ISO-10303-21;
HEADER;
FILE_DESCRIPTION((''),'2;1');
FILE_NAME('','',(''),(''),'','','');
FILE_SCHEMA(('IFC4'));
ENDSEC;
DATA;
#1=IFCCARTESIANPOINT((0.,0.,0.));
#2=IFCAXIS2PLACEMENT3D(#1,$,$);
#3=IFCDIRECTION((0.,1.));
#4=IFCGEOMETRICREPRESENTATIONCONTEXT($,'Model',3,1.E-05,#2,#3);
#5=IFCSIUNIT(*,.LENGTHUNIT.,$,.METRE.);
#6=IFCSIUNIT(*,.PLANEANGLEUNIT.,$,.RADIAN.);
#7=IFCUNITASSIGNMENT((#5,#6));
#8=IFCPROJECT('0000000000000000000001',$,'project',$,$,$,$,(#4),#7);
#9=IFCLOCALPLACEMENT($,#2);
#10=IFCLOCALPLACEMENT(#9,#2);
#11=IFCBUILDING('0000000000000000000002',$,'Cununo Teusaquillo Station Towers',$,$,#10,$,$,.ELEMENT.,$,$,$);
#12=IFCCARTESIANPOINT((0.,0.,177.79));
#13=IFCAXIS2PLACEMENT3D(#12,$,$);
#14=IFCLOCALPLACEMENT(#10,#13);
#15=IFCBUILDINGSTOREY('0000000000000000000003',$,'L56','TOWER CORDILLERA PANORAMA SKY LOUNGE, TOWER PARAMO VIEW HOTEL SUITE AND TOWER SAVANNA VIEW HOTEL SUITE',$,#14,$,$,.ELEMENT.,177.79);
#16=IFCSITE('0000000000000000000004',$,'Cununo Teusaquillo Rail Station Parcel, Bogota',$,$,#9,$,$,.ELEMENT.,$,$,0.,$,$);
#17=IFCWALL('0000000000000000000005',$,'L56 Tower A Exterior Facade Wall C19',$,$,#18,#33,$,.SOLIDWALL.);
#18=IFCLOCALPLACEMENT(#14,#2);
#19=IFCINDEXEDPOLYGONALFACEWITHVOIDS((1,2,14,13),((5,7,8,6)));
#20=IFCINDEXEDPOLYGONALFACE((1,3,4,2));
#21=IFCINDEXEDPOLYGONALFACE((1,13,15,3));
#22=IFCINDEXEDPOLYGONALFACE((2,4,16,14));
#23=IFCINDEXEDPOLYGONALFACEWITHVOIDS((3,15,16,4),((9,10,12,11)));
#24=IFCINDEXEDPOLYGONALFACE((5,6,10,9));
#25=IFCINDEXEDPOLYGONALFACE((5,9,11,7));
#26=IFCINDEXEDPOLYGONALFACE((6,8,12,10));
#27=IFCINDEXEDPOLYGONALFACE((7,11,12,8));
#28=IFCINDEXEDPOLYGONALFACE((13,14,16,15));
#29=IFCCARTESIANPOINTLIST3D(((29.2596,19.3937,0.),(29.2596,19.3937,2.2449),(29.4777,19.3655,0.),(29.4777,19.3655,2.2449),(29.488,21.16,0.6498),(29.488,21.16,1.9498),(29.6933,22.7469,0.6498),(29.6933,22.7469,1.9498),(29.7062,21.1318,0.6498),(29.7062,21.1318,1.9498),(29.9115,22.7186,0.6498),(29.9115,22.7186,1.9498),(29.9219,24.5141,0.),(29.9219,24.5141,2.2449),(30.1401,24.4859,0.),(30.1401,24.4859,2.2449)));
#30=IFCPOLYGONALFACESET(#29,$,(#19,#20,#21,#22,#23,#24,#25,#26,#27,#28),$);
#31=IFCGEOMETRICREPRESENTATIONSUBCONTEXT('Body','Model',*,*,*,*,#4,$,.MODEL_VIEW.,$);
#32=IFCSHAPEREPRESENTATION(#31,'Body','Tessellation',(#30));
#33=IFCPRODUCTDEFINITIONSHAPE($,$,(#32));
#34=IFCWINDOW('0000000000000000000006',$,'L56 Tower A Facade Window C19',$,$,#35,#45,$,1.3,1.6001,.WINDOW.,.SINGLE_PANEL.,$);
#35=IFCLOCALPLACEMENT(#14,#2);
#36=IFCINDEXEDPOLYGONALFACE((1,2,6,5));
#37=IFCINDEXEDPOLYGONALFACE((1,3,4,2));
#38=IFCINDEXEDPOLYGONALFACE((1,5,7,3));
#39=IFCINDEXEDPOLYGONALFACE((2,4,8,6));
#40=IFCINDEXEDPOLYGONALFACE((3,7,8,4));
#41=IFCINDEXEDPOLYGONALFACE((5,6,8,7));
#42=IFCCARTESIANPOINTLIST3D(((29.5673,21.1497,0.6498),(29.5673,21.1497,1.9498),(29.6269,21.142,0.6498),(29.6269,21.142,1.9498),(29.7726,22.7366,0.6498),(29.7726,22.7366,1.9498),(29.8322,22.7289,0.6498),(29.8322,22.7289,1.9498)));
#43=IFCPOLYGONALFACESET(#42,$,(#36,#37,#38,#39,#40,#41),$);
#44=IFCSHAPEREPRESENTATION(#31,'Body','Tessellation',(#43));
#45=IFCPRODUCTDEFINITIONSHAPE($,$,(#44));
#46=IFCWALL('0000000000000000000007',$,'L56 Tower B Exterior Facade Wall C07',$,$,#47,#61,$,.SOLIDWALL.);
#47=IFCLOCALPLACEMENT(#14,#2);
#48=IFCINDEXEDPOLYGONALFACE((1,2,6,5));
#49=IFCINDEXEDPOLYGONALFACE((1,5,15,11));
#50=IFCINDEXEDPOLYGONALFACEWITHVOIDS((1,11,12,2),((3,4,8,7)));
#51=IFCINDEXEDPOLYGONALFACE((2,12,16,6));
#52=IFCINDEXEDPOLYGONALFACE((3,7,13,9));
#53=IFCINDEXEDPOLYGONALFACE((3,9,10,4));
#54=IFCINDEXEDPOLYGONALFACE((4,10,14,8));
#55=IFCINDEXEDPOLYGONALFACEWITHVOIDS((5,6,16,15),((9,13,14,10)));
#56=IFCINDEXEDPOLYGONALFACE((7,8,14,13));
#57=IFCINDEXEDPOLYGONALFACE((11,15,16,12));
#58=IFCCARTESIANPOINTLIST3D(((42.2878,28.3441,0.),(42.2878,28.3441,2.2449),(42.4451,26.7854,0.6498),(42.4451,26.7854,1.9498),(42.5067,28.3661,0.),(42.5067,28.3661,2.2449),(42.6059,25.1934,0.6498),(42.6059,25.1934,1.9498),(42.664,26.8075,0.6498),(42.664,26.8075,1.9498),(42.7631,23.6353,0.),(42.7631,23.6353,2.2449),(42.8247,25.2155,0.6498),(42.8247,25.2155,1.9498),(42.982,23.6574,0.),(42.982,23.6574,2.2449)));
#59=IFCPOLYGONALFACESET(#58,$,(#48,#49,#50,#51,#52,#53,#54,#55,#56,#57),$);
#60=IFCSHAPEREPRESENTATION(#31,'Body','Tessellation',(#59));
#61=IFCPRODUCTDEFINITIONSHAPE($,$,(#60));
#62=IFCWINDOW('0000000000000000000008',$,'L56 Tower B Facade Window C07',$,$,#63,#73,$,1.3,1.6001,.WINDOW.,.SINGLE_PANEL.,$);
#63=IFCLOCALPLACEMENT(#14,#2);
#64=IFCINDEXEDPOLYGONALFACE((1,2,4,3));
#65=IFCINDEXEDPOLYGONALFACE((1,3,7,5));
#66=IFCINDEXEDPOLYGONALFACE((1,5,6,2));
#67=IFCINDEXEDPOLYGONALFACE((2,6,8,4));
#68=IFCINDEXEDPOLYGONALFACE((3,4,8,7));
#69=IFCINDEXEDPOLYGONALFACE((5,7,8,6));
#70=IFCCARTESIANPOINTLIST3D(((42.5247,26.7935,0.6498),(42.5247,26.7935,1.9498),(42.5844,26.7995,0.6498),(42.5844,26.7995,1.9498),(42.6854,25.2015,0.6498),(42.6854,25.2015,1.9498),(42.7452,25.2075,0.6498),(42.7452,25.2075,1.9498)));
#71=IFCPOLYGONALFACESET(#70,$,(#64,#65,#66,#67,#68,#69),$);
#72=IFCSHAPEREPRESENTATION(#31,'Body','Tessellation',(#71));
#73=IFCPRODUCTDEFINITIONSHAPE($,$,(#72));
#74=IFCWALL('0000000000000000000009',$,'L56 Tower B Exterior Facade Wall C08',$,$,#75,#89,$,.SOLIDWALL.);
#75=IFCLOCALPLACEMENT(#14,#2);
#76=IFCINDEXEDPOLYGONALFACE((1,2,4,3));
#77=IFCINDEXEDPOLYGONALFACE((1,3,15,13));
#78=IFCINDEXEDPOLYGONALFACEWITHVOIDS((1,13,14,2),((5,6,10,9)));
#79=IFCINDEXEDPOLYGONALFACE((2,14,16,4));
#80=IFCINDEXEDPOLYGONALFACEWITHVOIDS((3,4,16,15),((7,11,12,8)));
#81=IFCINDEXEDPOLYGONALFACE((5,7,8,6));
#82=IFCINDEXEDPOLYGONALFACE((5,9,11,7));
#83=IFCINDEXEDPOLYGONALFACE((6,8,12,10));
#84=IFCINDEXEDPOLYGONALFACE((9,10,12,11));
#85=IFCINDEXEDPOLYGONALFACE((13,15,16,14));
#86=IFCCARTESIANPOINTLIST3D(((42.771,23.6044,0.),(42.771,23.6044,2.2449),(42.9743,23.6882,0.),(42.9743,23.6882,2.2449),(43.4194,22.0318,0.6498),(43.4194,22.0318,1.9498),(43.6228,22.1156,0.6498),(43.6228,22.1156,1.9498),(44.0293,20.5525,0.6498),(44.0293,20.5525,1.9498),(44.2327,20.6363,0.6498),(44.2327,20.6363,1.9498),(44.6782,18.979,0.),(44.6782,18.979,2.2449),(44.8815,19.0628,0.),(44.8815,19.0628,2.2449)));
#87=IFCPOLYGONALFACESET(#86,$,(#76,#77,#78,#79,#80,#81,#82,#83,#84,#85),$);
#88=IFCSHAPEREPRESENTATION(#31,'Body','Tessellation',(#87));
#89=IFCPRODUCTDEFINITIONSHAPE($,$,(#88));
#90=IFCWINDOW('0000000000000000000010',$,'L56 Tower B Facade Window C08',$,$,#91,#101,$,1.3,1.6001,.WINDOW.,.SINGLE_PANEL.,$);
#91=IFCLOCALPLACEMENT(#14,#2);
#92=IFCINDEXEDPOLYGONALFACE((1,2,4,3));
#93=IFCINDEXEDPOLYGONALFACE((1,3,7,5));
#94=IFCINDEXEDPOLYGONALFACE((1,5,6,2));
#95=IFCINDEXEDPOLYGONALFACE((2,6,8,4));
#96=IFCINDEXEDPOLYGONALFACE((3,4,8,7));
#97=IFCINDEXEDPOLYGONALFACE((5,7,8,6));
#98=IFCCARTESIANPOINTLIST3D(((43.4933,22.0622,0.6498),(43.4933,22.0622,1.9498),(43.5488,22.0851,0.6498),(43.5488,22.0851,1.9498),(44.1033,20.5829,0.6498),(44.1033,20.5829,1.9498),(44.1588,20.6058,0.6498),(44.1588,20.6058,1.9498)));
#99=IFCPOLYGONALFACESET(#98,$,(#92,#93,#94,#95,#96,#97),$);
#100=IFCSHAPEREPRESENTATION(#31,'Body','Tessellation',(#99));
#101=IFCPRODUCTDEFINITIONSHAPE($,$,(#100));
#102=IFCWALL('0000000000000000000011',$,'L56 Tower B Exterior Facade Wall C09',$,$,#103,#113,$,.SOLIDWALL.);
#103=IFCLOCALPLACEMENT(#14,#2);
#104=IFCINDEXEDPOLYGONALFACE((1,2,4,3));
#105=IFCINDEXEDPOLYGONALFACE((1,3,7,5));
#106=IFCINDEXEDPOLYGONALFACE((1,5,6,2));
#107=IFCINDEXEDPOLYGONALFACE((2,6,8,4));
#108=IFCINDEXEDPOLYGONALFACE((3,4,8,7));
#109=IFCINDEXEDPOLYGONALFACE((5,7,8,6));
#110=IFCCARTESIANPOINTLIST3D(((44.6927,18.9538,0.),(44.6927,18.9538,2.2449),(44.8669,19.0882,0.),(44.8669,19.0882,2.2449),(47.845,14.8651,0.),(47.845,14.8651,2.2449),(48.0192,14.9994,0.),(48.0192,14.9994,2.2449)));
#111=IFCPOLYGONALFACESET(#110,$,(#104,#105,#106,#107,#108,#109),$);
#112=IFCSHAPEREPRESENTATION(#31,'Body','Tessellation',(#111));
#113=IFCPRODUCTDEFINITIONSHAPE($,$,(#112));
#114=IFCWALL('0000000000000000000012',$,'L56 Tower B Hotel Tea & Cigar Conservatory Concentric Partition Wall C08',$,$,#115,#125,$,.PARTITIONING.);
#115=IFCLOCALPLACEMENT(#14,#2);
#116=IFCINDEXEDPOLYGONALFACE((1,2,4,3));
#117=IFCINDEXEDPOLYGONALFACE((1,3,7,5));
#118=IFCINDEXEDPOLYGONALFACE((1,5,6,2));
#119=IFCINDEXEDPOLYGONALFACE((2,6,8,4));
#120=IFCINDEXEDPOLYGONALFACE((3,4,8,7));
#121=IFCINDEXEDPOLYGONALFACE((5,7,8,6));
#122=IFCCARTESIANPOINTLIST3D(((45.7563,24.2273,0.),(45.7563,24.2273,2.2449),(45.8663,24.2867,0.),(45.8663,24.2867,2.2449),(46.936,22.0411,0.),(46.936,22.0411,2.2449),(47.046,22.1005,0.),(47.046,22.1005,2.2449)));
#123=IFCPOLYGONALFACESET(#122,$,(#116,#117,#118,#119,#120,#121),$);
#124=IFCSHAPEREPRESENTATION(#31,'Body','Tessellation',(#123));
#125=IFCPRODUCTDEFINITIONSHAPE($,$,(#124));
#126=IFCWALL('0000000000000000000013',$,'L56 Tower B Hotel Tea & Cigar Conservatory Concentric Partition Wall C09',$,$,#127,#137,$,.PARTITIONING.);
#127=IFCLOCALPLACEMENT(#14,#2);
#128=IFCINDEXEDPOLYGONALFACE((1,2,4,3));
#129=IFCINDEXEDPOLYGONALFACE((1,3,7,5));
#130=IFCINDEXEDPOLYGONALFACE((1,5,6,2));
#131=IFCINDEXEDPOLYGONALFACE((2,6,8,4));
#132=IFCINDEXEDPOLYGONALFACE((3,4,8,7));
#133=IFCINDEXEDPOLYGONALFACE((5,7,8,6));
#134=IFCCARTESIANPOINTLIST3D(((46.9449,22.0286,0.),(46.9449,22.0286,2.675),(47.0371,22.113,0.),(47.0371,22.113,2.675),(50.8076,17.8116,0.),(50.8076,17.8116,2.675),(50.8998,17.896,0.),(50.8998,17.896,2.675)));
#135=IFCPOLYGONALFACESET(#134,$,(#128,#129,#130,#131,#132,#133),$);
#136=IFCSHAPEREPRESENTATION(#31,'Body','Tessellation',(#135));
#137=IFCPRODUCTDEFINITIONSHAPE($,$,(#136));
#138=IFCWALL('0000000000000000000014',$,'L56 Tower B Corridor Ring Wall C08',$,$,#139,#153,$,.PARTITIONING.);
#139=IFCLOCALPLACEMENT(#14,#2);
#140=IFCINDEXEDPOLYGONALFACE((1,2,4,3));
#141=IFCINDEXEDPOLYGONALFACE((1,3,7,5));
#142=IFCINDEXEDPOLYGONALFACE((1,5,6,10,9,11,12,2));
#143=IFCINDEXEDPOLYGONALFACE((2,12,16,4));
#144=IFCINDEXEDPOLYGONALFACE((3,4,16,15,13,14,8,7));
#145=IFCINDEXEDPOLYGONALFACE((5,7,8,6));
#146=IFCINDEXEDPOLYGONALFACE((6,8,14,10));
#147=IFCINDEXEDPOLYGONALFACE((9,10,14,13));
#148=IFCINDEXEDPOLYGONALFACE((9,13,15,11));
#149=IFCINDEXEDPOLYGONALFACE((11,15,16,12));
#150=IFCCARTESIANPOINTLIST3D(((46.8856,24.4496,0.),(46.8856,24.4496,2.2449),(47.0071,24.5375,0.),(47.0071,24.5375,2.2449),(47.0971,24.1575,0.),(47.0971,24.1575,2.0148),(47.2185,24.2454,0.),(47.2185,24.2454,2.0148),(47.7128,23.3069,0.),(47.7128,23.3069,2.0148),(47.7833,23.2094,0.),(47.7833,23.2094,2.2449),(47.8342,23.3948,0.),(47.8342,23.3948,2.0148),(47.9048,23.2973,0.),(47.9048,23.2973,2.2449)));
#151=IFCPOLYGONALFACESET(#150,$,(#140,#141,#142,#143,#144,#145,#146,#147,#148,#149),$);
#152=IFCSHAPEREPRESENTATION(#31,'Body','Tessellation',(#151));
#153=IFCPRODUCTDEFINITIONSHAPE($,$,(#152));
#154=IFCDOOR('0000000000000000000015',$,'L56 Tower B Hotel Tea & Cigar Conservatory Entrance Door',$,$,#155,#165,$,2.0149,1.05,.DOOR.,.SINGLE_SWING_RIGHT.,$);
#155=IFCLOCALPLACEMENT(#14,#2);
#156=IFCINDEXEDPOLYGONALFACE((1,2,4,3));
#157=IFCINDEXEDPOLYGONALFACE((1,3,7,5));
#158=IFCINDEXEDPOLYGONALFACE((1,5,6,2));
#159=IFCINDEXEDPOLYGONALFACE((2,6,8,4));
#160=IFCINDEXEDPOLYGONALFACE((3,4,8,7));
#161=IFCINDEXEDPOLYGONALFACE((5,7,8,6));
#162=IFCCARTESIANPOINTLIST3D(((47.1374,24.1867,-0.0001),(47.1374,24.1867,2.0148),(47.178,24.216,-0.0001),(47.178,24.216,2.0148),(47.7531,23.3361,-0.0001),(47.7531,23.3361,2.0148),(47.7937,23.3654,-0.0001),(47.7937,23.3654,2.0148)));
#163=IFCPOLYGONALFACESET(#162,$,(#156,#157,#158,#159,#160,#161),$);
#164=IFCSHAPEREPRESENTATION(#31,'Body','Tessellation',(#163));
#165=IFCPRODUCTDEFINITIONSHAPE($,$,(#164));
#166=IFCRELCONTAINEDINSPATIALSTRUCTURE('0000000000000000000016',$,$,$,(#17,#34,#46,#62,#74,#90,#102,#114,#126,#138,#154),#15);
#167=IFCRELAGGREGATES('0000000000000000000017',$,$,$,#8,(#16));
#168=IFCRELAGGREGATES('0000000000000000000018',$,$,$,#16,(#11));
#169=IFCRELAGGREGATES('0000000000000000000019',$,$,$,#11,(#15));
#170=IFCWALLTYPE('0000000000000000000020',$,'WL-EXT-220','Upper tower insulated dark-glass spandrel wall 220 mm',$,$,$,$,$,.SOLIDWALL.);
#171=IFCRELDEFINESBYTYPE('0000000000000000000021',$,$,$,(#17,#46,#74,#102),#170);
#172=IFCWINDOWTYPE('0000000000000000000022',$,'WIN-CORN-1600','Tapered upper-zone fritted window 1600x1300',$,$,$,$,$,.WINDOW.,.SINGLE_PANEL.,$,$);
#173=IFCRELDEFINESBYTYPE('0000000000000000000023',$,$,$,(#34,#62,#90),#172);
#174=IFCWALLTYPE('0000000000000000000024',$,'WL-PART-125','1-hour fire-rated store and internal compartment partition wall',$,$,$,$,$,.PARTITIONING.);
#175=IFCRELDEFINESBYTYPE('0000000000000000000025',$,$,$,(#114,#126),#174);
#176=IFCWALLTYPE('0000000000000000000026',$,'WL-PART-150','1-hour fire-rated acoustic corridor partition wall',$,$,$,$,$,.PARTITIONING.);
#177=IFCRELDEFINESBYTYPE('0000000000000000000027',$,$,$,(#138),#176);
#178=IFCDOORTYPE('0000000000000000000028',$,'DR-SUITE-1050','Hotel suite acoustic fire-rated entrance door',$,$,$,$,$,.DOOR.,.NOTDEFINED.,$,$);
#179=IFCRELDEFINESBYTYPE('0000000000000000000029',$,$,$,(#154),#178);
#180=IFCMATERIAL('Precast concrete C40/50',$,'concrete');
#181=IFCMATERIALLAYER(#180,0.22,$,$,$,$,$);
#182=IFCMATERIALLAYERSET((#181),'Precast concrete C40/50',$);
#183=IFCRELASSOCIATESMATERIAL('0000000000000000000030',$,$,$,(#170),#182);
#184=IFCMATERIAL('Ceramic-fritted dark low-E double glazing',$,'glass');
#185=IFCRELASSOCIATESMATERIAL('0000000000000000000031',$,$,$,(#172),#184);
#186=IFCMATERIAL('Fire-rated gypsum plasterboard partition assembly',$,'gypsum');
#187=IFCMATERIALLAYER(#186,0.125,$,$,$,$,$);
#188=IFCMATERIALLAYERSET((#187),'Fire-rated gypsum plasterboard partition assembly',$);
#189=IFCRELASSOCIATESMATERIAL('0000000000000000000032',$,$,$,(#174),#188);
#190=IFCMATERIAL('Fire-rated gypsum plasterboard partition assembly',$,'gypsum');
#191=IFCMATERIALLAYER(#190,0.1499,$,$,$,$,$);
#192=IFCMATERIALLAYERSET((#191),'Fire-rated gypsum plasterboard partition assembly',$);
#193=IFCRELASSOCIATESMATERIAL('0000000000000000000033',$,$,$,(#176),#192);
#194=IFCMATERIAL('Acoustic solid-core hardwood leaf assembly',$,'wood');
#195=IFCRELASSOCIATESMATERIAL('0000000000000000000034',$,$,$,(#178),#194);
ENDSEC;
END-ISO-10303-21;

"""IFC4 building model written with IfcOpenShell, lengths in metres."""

from ifc_helpers import new_model, si_unit, direction, frame, frame_2d, origin, place, context, subcontext, project, spatial, rectangle, extrude, source, transform, mapped, material, layer, layer_set, type_object, element, fill, save


model = new_model("IFC4")

# Units and contexts
model_context = context("Model", 3, precision=1e-05, world=origin(), true_north=direction((0.0, 1.0)))
body_context = subcontext(model_context, "Body", "Model", "MODEL_VIEW")
ifc_project = project(units=[si_unit("LENGTHUNIT", "METRE"), si_unit("PLANEANGLEUNIT", "RADIAN")], contexts=[model_context])

# Site, building, storey
site_placement = place(None, origin())
site = spatial("IfcSite", under=ifc_project, at=site_placement, Name="Cununo Teusaquillo Rail Station Parcel, Bogota", CompositionType="ELEMENT", RefElevation=0.0)
building_placement = place(site_placement, origin())
building = spatial("IfcBuilding", under=site, at=building_placement, Name="Cununo Teusaquillo Station Towers", CompositionType="ELEMENT")
storey_placement = place(building_placement, frame((0.0, 0.0, 177.79)))
storey = spatial("IfcBuildingStorey", under=building, at=storey_placement, Name="L56", Description="TOWER CORDILLERA PANORAMA SKY LOUNGE, TOWER PARAMO VIEW HOTEL SUITE AND TOWER SAVANNA VIEW HOTEL SUITE", CompositionType="ELEMENT", Elevation=177.79)

# Shared definitions
ifc_material_1 = material(Name="Precast concrete C40/50", Category="concrete")
ifc_layer_1 = layer(ifc_material_1, 0.22)
ifc_layer_set_1 = layer_set([ifc_layer_1], Name="Precast concrete C40/50")
wall_type_1 = type_object("IfcWallType", Name="WL-EXT-220", Description="Upper tower insulated dark-glass spandrel wall 220 mm", PredefinedType="SOLIDWALL", material=ifc_layer_set_1)

# Walls, openings, windows
wall_1_placement = place(storey_placement, frame((30.031, 24.5, 0.0), z_axis=(0.0, 0.0, 1.0), x_axis=(-0.128288, -0.991737, 0.0)))
wall_1 = element("IfcWall", 1, at=wall_1_placement, inside=storey, type_object=wall_type_1, Name="L56 Tower A Exterior Facade Wall C19", PredefinedType="SOLIDWALL", context=body_context, shape_type="SweptSolid", body=[
    extrude(rectangle(XDim=5.1631, YDim=0.22, at=frame_2d((2.5815, 0.0))), origin(), (0.0, 0.0, 1.0), 2.2449),
])
shared_shape_1 = source(origin(), body_context, "Body", "SweptSolid", [
    extrude(rectangle(XDim=1.6001, YDim=1.3, at=frame_2d((0.8, 0.6499))), frame((0.0, 0.1199, 0.0), z_axis=(0.0, -1.0, 0.0), x_axis=(1.0, 0.0, 0.0)), (0.0, 0.0, 1.0), 0.24),
])
opening_1_placement = place(wall_1_placement, frame((1.782, 0.0, 0.6499)))
opening_1 = element("IfcOpeningElement", 2, at=opening_1_placement, cuts=wall_1, PredefinedType="OPENING", context=body_context, shape_type="MappedRepresentation", body=[
    mapped(shared_shape_1, transform((0.0, 0.0, 0.0), x_axis=(1.0, 0.0, 0.0), y_axis=(0.0, 1.0, 0.0), z_axis=(0.0, 0.0, 1.0), scale=1.0)),
])
ifc_material_2 = material(Name="Ceramic-fritted dark low-E double glazing", Category="glass")
window_type = type_object("IfcWindowType", Name="WIN-CORN-1600", Description="Tapered upper-zone fritted window 1600x1300", PartitioningType="SINGLE_PANEL", PredefinedType="WINDOW", material=ifc_material_2)
shared_shape_2 = source(origin(), body_context, "Body", "SweptSolid", [
    extrude(rectangle(XDim=1.6001, YDim=1.3, at=frame_2d((0.8, 0.6499))), frame((0.0, 0.03, 0.0), z_axis=(0.0, -1.0, 0.0), x_axis=(1.0, 0.0, 0.0)), (0.0, 0.0, 1.0), 0.0601),
])
window_1_placement = place(opening_1_placement, origin())
window_1 = element("IfcWindow", 3, at=window_1_placement, inside=storey, type_object=window_type, Name="L56 Tower A Facade Window C19", OverallHeight=1.3, OverallWidth=1.6001, PartitioningType="SINGLE_PANEL", PredefinedType="WINDOW", context=body_context, shape_type="MappedRepresentation", body=[
    mapped(shared_shape_2, transform((0.0, 0.0, 0.0), x_axis=(1.0, 0.0, 0.0), y_axis=(0.0, 1.0, 0.0), z_axis=(0.0, 0.0, 1.0), scale=1.0)),
])
fill(opening_1, window_1)
wall_2_placement = place(storey_placement, frame((42.8726, 23.6465, 0.0), z_axis=(0.0, 0.0, 1.0), x_axis=(-0.100438, 0.994943, 0.0)))
wall_2 = element("IfcWall", 4, at=wall_2_placement, inside=storey, type_object=wall_type_1, Name="L56 Tower B Exterior Facade Wall C07", PredefinedType="SOLIDWALL", context=body_context, shape_type="SweptSolid", body=[
    extrude(rectangle(XDim=4.7327, YDim=0.22, at=frame_2d((2.3662, 0.0))), origin(), (0.0, 0.0, 1.0), 2.2449),
])
opening_2_placement = place(wall_2_placement, frame((1.5659, 0.0, 0.6499)))
opening_2 = element("IfcOpeningElement", 5, at=opening_2_placement, cuts=wall_2, PredefinedType="OPENING", context=body_context, shape_type="MappedRepresentation", body=[
    mapped(shared_shape_1, transform((0.0, 0.0, 0.0), x_axis=(1.0, 0.0, 0.0), y_axis=(0.0, 1.0, 0.0), z_axis=(0.0, 0.0, 1.0), scale=1.0)),
])
window_2_placement = place(opening_2_placement, origin())
window_2 = element("IfcWindow", 6, at=window_2_placement, inside=storey, type_object=window_type, Name="L56 Tower B Facade Window C07", OverallHeight=1.3, OverallWidth=1.6001, PartitioningType="SINGLE_PANEL", PredefinedType="WINDOW", context=body_context, shape_type="MappedRepresentation", body=[
    mapped(shared_shape_2, transform((0.0, 0.0, 0.0), x_axis=(1.0, 0.0, 0.0), y_axis=(0.0, 1.0, 0.0), z_axis=(0.0, 0.0, 1.0), scale=1.0)),
])
fill(opening_2, window_2)
wall_3_placement = place(storey_placement, frame((44.7798, 19.021, 0.0), z_axis=(0.0, 0.0, 1.0), x_axis=(-0.381196, 0.924494, 0.0)))
wall_3 = element("IfcWall", 7, at=wall_3_placement, inside=storey, type_object=wall_type_1, Name="L56 Tower B Exterior Facade Wall C08", PredefinedType="SOLIDWALL", context=body_context, shape_type="SweptSolid", body=[
    extrude(rectangle(XDim=5.0032, YDim=0.22, at=frame_2d((2.5015, 0.0))), origin(), (0.0, 0.0, 1.0), 2.2449),
])
opening_3_placement = place(wall_3_placement, frame((1.7019, 0.0, 0.6499)))
opening_3 = element("IfcOpeningElement", 8, at=opening_3_placement, cuts=wall_3, PredefinedType="OPENING", context=body_context, shape_type="MappedRepresentation", body=[
    mapped(shared_shape_1, transform((0.0, 0.0, 0.0), x_axis=(1.0, 0.0, 0.0), y_axis=(0.0, 1.0, 0.0), z_axis=(0.0, 0.0, 1.0), scale=1.0)),
])
window_3_placement = place(opening_3_placement, origin())
window_3 = element("IfcWindow", 9, at=window_3_placement, inside=storey, type_object=window_type, Name="L56 Tower B Facade Window C08", OverallHeight=1.3, OverallWidth=1.6001, PartitioningType="SINGLE_PANEL", PredefinedType="WINDOW", context=body_context, shape_type="MappedRepresentation", body=[
    mapped(shared_shape_2, transform((0.0, 0.0, 0.0), x_axis=(1.0, 0.0, 0.0), y_axis=(0.0, 1.0, 0.0), z_axis=(0.0, 0.0, 1.0), scale=1.0)),
])
fill(opening_3, window_3)

# Walls
wall_4_placement = place(storey_placement, frame((47.9321, 14.9321, 0.0), z_axis=(0.0, 0.0, 1.0), x_axis=(-0.61057, 0.791963, 0.0)))
element("IfcWall", 10, at=wall_4_placement, inside=storey, type_object=wall_type_1, Name="L56 Tower B Exterior Facade Wall C09", PredefinedType="SOLIDWALL", context=body_context, shape_type="SweptSolid", body=[
    extrude(rectangle(XDim=5.1628, YDim=0.22, at=frame_2d((2.5815, 0.0))), origin(), (0.0, 0.0, 1.0), 2.2449),
])
ifc_material_3 = material(Name="Fire-rated gypsum plasterboard partition assembly", Category="gypsum")
ifc_layer_2 = layer(ifc_material_3, 0.125)
ifc_layer_set_2 = layer_set([ifc_layer_2], Name="Fire-rated gypsum plasterboard partition assembly")
wall_type_2 = type_object("IfcWallType", Name="WL-PART-125", Description="1-hour fire-rated store and internal compartment partition wall", PredefinedType="PARTITIONING", material=ifc_layer_set_2)
wall_5_placement = place(storey_placement, frame((45.8113, 24.2571, 0.0), z_axis=(0.0, 0.0, 1.0), x_axis=(0.474867, -0.880057, 0.0)))
element("IfcWall", 11, at=wall_5_placement, inside=storey, type_object=wall_type_2, Name="L56 Tower B Hotel Tea & Cigar Conservatory Concentric Partition Wall C08", PredefinedType="PARTITIONING", context=body_context, shape_type="SweptSolid", body=[
    extrude(rectangle(XDim=2.4841, YDim=0.125, at=frame_2d((1.2422, 0.0))), origin(), (0.0, 0.0, 1.0), 2.2449),
])
wall_6_placement = place(storey_placement, frame((46.991, 22.0708, 0.0), z_axis=(0.0, 0.0, 1.0), x_axis=(0.675456, -0.7374, 0.0)))
element("IfcWall", 12, at=wall_6_placement, inside=storey, type_object=wall_type_2, Name="L56 Tower B Hotel Tea & Cigar Conservatory Concentric Partition Wall C09", PredefinedType="PARTITIONING", context=body_context, shape_type="SweptSolid", body=[
    extrude(rectangle(XDim=5.7188, YDim=0.125, at=frame_2d((2.8594, 0.0))), origin(), (0.0, 0.0, 1.0), 2.675),
])

# Wall, opening, door
ifc_material_4 = material(Name="Fire-rated gypsum plasterboard partition assembly", Category="gypsum")
ifc_layer_3 = layer(ifc_material_4, 0.1499)
ifc_layer_set_3 = layer_set([ifc_layer_3], Name="Fire-rated gypsum plasterboard partition assembly")
wall_type_3 = type_object("IfcWallType", Name="WL-PART-150", Description="1-hour fire-rated acoustic corridor partition wall", PredefinedType="PARTITIONING", material=ifc_layer_set_3)
wall_7_placement = place(storey_placement, frame((46.9463, 24.4937, 0.0), z_axis=(0.0, 0.0, 1.0), x_axis=(0.58634, -0.810065, 0.0)))
wall_7 = element("IfcWall", 13, at=wall_7_placement, inside=storey, type_object=wall_type_3, Name="L56 Tower B Corridor Ring Wall C08", PredefinedType="PARTITIONING", context=body_context, shape_type="SweptSolid", body=[
    extrude(rectangle(XDim=1.531, YDim=0.1499, at=frame_2d((0.7656, 0.0))), origin(), (0.0, 0.0, 1.0), 2.2449),
])
shared_shape_3 = source(origin(), body_context, "Body", "SweptSolid", [
    extrude(rectangle(XDim=1.05, YDim=2.0149, at=frame_2d((0.5249, 1.0073))), frame((0.0, 0.085, 0.0), z_axis=(0.0, -1.0, 0.0), x_axis=(1.0, 0.0, 0.0)), (0.0, 0.0, 1.0), 0.1699),
])
opening_4_placement = place(wall_7_placement, frame((0.3608, 0.0, 0.0)))
opening_4 = element("IfcOpeningElement", 14, at=opening_4_placement, cuts=wall_7, PredefinedType="OPENING", context=body_context, shape_type="MappedRepresentation", body=[
    mapped(shared_shape_3, transform((0.0, 0.0, 0.0), x_axis=(1.0, 0.0, 0.0), y_axis=(0.0, 1.0, 0.0), z_axis=(0.0, 0.0, 1.0), scale=1.0)),
])
ifc_material_5 = material(Name="Acoustic solid-core hardwood leaf assembly", Category="wood")
door_type_1 = type_object("IfcDoorType", Name="DR-SUITE-1050", Description="Hotel suite acoustic fire-rated entrance door", OperationType="NOTDEFINED", PredefinedType="DOOR", material=ifc_material_5)
shared_shape_4 = source(origin(), body_context, "Body", "SweptSolid", [
    extrude(rectangle(XDim=1.05, YDim=2.0149, at=frame_2d((0.5249, 1.0073))), frame((0.0, 0.0249, 0.0), z_axis=(0.0, -1.0, 0.0), x_axis=(1.0, 0.0, 0.0)), (0.0, 0.0, 1.0), 0.05),
])
door_1_placement = place(opening_4_placement, origin())
door_1 = element("IfcDoor", 15, at=door_1_placement, inside=storey, type_object=door_type_1, Name="L56 Tower B Hotel Tea & Cigar Conservatory Entrance Door", OperationType="SINGLE_SWING_RIGHT", OverallHeight=2.0149, OverallWidth=1.05, PredefinedType="DOOR", context=body_context, shape_type="MappedRepresentation", body=[
    mapped(shared_shape_4, transform((0.0, 0.0, 0.0), x_axis=(1.0, 0.0, 0.0), y_axis=(0.0, 1.0, 0.0), z_axis=(0.0, 0.0, 1.0), scale=1.0)),
])
fill(opening_4, door_1)

save(model, "model.ifc")
